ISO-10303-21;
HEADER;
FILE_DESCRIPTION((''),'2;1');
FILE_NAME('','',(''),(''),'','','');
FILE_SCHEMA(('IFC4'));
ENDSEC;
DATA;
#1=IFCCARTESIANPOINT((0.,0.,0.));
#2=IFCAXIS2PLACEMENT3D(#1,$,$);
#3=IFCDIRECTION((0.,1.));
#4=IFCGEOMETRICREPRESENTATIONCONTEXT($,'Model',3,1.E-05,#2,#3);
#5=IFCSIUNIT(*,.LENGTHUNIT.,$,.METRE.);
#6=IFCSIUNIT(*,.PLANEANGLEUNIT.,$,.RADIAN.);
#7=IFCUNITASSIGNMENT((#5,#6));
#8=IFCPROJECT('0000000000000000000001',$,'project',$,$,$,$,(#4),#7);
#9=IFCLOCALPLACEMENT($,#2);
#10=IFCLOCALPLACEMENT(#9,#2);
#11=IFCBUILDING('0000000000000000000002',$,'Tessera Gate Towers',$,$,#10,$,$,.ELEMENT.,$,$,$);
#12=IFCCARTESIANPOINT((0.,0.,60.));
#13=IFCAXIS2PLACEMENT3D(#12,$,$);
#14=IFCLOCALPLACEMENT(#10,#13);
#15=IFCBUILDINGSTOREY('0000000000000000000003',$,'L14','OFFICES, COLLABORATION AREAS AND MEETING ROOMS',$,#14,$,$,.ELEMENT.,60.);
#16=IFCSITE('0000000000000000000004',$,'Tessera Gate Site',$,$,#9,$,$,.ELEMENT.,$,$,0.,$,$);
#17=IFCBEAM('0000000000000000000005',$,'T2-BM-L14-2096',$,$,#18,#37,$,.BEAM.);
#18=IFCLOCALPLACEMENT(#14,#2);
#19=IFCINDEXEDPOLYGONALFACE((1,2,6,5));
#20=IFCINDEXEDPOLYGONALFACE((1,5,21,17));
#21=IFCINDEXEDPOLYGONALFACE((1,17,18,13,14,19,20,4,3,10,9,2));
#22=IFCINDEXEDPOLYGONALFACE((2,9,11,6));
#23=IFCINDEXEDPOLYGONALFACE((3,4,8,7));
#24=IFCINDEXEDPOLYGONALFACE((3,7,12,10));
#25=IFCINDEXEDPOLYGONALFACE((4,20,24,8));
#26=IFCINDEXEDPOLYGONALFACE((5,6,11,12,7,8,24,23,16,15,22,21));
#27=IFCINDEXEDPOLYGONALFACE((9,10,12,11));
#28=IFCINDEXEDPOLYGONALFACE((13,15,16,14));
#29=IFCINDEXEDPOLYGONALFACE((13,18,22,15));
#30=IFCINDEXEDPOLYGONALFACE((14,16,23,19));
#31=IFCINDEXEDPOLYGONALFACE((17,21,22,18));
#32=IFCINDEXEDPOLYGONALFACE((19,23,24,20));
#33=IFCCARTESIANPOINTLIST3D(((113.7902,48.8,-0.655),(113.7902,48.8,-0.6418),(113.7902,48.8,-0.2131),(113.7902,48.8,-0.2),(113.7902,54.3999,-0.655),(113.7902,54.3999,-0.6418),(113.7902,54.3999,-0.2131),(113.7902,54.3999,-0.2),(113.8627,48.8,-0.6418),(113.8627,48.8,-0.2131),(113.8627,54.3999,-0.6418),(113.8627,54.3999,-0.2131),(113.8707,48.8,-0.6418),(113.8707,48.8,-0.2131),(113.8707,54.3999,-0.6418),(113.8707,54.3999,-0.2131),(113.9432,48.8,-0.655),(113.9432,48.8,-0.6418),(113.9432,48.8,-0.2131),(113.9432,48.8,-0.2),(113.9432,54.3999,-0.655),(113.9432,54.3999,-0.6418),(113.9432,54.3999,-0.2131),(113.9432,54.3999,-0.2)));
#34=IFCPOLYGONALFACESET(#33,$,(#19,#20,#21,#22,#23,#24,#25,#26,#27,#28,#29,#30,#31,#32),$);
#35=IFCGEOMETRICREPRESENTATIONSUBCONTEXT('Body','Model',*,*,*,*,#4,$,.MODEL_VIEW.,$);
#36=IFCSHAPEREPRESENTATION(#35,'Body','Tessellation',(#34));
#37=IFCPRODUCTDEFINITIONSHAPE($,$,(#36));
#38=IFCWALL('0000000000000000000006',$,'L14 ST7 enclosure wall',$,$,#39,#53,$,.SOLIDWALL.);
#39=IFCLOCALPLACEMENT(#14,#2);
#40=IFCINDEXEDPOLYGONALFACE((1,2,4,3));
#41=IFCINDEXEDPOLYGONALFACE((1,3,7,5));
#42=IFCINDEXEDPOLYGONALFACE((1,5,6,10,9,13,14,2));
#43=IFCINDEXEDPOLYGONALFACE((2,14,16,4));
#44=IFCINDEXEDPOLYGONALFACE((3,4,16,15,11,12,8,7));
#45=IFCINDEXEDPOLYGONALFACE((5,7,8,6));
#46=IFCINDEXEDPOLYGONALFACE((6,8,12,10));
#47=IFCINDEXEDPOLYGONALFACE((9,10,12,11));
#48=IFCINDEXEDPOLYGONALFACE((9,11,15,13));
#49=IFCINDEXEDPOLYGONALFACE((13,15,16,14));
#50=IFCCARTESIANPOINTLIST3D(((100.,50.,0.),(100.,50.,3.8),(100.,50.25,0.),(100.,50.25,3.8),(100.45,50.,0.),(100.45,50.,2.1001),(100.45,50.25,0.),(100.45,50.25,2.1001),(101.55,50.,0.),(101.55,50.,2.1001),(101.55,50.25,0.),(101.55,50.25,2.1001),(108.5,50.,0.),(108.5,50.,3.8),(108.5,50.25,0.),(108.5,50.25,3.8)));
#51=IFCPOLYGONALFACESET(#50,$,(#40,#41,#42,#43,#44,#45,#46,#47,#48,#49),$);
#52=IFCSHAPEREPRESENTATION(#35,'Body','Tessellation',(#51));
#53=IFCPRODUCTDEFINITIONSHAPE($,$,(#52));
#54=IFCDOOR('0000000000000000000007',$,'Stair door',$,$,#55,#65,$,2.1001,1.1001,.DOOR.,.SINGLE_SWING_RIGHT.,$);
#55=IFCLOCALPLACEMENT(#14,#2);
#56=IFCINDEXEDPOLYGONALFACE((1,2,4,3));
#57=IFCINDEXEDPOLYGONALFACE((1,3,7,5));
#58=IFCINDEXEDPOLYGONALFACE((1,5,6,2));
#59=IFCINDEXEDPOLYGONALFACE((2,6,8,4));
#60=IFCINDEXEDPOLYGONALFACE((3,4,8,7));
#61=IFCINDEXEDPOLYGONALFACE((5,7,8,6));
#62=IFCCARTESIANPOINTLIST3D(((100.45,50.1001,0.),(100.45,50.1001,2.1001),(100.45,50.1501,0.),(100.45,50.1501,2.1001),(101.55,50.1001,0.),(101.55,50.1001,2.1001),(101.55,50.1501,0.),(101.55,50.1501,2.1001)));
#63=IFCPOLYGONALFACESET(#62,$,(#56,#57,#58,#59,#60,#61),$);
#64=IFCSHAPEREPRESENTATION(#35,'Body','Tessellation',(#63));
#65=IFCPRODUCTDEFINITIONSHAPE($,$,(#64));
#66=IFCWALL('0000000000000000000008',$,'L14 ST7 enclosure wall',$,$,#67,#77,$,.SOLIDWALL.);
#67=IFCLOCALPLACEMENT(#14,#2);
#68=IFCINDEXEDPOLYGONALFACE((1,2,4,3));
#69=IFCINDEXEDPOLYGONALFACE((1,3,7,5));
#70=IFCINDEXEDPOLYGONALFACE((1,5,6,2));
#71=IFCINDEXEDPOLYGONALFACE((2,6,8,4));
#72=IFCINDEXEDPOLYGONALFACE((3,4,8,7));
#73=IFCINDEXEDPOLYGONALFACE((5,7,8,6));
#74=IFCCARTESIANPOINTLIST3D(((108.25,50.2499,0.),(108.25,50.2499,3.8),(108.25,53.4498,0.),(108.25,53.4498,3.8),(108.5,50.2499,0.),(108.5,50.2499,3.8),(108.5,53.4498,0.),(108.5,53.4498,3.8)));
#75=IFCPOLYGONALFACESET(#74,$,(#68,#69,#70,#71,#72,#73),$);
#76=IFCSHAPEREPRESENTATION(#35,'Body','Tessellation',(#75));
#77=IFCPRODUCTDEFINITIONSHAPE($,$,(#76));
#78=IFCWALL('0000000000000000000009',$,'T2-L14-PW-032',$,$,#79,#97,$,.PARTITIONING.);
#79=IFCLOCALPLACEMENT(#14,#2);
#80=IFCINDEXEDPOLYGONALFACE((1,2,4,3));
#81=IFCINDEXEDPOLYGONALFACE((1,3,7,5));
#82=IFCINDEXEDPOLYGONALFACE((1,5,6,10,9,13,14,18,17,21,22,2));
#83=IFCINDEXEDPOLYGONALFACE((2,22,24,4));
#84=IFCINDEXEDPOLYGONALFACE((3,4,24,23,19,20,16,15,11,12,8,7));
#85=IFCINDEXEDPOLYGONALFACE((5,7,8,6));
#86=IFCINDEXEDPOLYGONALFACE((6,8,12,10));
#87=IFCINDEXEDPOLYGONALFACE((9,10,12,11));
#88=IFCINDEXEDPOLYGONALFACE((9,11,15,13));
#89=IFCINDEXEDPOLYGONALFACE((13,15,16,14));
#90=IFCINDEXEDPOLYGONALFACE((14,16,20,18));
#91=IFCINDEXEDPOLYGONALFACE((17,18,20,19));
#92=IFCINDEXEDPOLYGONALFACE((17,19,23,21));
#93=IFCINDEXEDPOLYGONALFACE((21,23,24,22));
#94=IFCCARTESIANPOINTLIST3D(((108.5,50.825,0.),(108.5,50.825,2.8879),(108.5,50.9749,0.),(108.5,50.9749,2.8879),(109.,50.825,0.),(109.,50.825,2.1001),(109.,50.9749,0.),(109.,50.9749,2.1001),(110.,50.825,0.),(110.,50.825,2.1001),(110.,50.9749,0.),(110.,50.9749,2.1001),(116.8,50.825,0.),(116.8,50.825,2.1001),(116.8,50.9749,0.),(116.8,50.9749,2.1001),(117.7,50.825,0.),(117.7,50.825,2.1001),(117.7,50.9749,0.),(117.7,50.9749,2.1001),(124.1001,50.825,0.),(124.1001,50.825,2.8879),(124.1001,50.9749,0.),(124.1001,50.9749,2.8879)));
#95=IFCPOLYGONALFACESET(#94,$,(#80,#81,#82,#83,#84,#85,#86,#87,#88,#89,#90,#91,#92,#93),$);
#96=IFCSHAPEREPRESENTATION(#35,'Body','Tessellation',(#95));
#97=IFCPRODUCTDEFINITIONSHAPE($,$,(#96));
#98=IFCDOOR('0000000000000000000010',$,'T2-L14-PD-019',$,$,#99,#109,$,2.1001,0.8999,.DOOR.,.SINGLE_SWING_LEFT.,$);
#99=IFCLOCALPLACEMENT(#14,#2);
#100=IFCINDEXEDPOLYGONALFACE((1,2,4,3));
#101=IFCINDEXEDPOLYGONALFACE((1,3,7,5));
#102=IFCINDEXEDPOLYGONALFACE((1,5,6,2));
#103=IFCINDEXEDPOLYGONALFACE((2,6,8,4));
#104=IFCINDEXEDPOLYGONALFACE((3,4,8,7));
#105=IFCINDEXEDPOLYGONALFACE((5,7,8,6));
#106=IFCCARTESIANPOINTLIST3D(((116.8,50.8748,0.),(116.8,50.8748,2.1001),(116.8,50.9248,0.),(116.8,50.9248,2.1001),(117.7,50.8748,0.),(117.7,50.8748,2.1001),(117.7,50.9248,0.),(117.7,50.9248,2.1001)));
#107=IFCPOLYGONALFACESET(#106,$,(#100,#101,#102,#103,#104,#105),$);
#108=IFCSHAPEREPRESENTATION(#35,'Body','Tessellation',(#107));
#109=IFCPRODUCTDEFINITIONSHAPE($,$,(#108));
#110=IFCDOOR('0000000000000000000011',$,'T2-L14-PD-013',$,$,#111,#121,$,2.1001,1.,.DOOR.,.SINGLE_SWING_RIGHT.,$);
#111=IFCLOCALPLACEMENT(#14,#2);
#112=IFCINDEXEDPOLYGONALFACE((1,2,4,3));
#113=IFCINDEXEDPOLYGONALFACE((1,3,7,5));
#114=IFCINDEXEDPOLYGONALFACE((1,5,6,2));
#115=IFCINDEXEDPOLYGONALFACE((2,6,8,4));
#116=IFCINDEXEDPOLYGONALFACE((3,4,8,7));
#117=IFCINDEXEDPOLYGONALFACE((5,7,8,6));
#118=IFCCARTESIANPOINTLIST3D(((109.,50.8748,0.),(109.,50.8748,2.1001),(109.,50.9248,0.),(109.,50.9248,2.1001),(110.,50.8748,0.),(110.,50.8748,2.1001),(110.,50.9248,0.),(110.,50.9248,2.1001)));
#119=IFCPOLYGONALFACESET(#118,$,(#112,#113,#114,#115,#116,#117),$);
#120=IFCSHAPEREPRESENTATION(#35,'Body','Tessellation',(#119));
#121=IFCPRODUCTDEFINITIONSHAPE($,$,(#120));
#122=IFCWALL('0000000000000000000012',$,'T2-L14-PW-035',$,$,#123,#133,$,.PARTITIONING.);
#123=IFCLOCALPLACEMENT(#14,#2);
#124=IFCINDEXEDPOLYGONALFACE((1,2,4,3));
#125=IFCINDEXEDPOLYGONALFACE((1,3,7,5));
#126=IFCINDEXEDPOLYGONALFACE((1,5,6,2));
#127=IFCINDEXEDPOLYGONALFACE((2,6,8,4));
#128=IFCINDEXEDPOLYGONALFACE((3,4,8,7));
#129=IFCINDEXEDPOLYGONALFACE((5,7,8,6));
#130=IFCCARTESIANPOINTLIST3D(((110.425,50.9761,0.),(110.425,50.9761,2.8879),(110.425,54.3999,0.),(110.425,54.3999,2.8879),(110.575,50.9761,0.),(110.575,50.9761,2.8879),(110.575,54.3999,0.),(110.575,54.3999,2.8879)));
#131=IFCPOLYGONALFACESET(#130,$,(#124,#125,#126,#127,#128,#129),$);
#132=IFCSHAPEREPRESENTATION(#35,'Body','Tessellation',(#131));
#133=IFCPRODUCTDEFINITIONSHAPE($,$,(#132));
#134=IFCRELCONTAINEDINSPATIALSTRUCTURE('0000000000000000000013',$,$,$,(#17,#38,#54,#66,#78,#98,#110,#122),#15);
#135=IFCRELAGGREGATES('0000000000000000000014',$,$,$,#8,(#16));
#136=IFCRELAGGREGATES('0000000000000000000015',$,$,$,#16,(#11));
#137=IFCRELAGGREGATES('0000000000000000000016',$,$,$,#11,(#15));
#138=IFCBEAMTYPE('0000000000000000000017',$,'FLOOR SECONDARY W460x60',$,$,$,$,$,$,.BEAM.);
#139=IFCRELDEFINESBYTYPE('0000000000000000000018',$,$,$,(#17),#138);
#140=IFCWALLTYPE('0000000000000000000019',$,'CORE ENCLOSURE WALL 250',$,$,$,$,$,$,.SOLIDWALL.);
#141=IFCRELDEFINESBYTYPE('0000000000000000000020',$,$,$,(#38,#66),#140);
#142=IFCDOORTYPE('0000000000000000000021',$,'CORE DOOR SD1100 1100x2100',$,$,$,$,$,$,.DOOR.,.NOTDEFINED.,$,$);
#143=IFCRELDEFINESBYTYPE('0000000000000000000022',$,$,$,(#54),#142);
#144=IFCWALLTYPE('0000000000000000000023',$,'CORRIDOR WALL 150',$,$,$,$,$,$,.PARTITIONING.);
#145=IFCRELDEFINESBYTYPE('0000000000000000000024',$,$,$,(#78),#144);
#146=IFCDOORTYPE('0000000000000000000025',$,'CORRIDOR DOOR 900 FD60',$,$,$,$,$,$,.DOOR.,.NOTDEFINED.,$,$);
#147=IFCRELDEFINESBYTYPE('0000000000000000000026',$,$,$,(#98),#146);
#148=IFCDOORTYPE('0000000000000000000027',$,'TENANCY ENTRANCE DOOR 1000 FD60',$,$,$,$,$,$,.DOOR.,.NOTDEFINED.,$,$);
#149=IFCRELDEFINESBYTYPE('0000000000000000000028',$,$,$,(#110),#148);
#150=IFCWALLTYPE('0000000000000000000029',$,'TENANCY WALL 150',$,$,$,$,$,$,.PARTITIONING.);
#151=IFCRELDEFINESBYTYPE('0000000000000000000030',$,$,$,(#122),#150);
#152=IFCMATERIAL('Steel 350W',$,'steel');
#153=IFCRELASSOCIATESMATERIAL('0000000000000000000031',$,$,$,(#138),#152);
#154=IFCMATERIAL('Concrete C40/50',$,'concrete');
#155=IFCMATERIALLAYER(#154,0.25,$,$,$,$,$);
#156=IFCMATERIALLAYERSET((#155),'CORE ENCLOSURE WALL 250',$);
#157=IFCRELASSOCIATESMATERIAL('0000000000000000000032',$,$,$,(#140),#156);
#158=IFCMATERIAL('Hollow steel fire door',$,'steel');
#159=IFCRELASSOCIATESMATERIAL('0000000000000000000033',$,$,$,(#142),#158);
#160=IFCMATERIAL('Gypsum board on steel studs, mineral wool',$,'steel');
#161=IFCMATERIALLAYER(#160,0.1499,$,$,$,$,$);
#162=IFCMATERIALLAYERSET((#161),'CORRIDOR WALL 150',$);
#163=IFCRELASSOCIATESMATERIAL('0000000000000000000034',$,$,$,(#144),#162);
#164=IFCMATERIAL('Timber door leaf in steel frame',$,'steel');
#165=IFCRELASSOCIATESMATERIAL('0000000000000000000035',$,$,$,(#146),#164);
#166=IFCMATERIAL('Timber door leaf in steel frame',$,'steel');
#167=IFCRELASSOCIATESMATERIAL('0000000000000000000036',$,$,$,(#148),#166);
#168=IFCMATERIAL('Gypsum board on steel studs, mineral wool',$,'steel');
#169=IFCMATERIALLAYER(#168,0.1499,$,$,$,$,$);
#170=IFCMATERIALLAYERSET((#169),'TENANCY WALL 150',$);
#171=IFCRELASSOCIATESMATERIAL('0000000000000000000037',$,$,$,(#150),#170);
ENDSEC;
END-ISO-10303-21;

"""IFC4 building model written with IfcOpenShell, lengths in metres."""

from ifc_helpers import new_model, si_unit, direction, frame, frame_2d, origin, origin_2d, place, context, subcontext, project, spatial, rectangle, i_section, extrude, source, transform, mapped, material, layer, layer_set, material_profile, profile_set, type_object, element, fill, save


model = new_model("IFC4")

# Units and contexts
model_context = context("Model", 3, precision=1e-05, world=origin(), true_north=direction((0.0, 1.0)))
body_context = subcontext(model_context, "Body", "Model", "MODEL_VIEW")
ifc_project = project(units=[si_unit("LENGTHUNIT", "METRE"), si_unit("PLANEANGLEUNIT", "RADIAN")], contexts=[model_context])

# Site, building, storey
site_placement = place(None, origin())
site = spatial("IfcSite", under=ifc_project, at=site_placement, Name="Tessera Gate Site", CompositionType="ELEMENT", RefElevation=0.0)
building_placement = place(site_placement, origin())
building = spatial("IfcBuilding", under=site, at=building_placement, Name="Tessera Gate Towers", CompositionType="ELEMENT")
storey_placement = place(building_placement, frame((0.0, 0.0, 60.0)))
storey = spatial("IfcBuildingStorey", under=building, at=storey_placement, Name="L14", Description="OFFICES, COLLABORATION AREAS AND MEETING ROOMS", CompositionType="ELEMENT", Elevation=60.0)

# Beam
ifc_material_1 = material(Name="Steel 350W", Category="steel")
ifc_material_profile = material_profile(ifc_material_1, i_section(OverallWidth=0.1531, OverallDepth=0.4551, WebThickness=0.0081, FlangeThickness=0.0132, at=origin_2d()), Name="W460x60")
ifc_profile_set = profile_set([ifc_material_profile], Name="Steel 350W")
beam_type = type_object("IfcBeamType", Name="FLOOR SECONDARY W460x60", PredefinedType="BEAM", material=ifc_profile_set)
beam_placement = place(storey_placement, frame((113.8667, 48.8, -0.4275), z_axis=(0.0, 1.0, 0.0), x_axis=(-1.0, 0.0, 0.0)))
element("IfcBeam", 1, at=beam_placement, inside=storey, type_object=beam_type, Name="T2-BM-L14-2096", PredefinedType="BEAM", context=body_context, shape_type="SweptSolid", body=[
    extrude(i_section(OverallWidth=0.1531, OverallDepth=0.4551, WebThickness=0.0081, FlangeThickness=0.0132, at=origin_2d()), origin(), (0.0, 0.0, 1.0), 5.5999),
])

# Wall, opening, door
ifc_material_2 = material(Name="Concrete C40/50", Category="concrete")
ifc_layer_1 = layer(ifc_material_2, 0.25)
ifc_layer_set_1 = layer_set([ifc_layer_1], Name="CORE ENCLOSURE WALL 250")
wall_type_1 = type_object("IfcWallType", Name="CORE ENCLOSURE WALL 250", PredefinedType="SOLIDWALL", material=ifc_layer_set_1)
wall_1_placement = place(storey_placement, frame((108.5, 50.125, 0.0), z_axis=(0.0, 0.0, 1.0), x_axis=(-1.0, 0.0, 0.0)))
wall_1 = element("IfcWall", 2, at=wall_1_placement, inside=storey, type_object=wall_type_1, Name="L14 ST7 enclosure wall", PredefinedType="SOLIDWALL", context=body_context, shape_type="SweptSolid", body=[
    extrude(rectangle(XDim=8.5, YDim=0.25, at=frame_2d((4.25, 0.0))), origin(), (0.0, 0.0, 1.0), 3.8),
])
shared_shape_1 = source(origin(), body_context, "Body", "SweptSolid", [
    extrude(rectangle(XDim=1.1001, YDim=2.1001, at=frame_2d((0.55, 1.05))), frame((0.0, 0.135, 0.0), z_axis=(0.0, -1.0, 0.0), x_axis=(1.0, 0.0, 0.0)), (0.0, 0.0, 1.0), 0.27),
])
opening_1_placement = place(wall_1_placement, frame((6.95, 0.0, 0.0)))
opening_1 = element("IfcOpeningElement", 3, at=opening_1_placement, cuts=wall_1, PredefinedType="OPENING", context=body_context, shape_type="MappedRepresentation", body=[
    mapped(shared_shape_1, transform((0.0, 0.0, 0.0), scale=1.0)),
])
ifc_material_3 = material(Name="Hollow steel fire door", Category="steel")
door_type_1 = type_object("IfcDoorType", Name="CORE DOOR SD1100 1100x2100", OperationType="NOTDEFINED", PredefinedType="DOOR", material=ifc_material_3)
shared_shape_2 = source(origin(), body_context, "Body", "SweptSolid", [
    extrude(rectangle(XDim=1.1001, YDim=2.1001, at=frame_2d((0.55, 1.05))), frame((0.0, 0.0249, 0.0), z_axis=(0.0, -1.0, 0.0), x_axis=(1.0, 0.0, 0.0)), (0.0, 0.0, 1.0), 0.05),
])
door_1_placement = place(opening_1_placement, origin())
door_1 = element("IfcDoor", 4, at=door_1_placement, inside=storey, type_object=door_type_1, Name="Stair door", OperationType="SINGLE_SWING_RIGHT", OverallHeight=2.1001, OverallWidth=1.1001, PredefinedType="DOOR", context=body_context, shape_type="MappedRepresentation", body=[
    mapped(shared_shape_2, transform((0.0, 0.0, 0.0), scale=1.0)),
])
fill(opening_1, door_1)

# Wall
wall_2_placement = place(storey_placement, frame((108.375, 53.45, 0.0), z_axis=(0.0, 0.0, 1.0), x_axis=(0.0, -1.0, 0.0)))
element("IfcWall", 5, at=wall_2_placement, inside=storey, type_object=wall_type_1, Name="L14 ST7 enclosure wall", PredefinedType="SOLIDWALL", context=body_context, shape_type="SweptSolid", body=[
    extrude(rectangle(XDim=3.2, YDim=0.25, at=frame_2d((1.6001, 0.0))), origin(), (0.0, 0.0, 1.0), 3.8),
])

# Wall, openings, doors
ifc_material_4 = material(Name="Gypsum board on steel studs, mineral wool", Category="steel")
ifc_layer_2 = layer(ifc_material_4, 0.1499)
ifc_layer_set_2 = layer_set([ifc_layer_2], Name="CORRIDOR WALL 150")
wall_type_2 = type_object("IfcWallType", Name="CORRIDOR WALL 150", PredefinedType="PARTITIONING", material=ifc_layer_set_2)
wall_3_placement = place(storey_placement, frame((108.5, 50.8999, 0.0), z_axis=(0.0, 0.0, 1.0), x_axis=(1.0, 0.0, 0.0)))
wall_3 = element("IfcWall", 6, at=wall_3_placement, inside=storey, type_object=wall_type_2, Name="T2-L14-PW-032", PredefinedType="PARTITIONING", context=body_context, shape_type="SweptSolid", body=[
    extrude(rectangle(XDim=15.6001, YDim=0.1499, at=frame_2d((7.8, 0.0))), origin(), (0.0, 0.0, 1.0), 2.8879),
])
shared_shape_3 = source(origin(), body_context, "Body", "SweptSolid", [
    extrude(rectangle(XDim=1.0, YDim=2.1001, at=frame_2d((0.5, 1.05))), frame((0.0, 0.085, 0.0), z_axis=(0.0, -1.0, 0.0), x_axis=(1.0, 0.0, 0.0)), (0.0, 0.0, 1.0), 0.1699),
])
opening_2_placement = place(wall_3_placement, frame((0.5, 0.0, 0.0)))
opening_2 = element("IfcOpeningElement", 7, at=opening_2_placement, cuts=wall_3, PredefinedType="OPENING", context=body_context, shape_type="MappedRepresentation", body=[
    mapped(shared_shape_3, transform((0.0, 0.0, 0.0), scale=1.0)),
])
shared_shape_4 = source(origin(), body_context, "Body", "SweptSolid", [
    extrude(rectangle(XDim=0.8999, YDim=2.1001, at=frame_2d((0.45, 1.05))), frame((0.0, 0.085, 0.0), z_axis=(0.0, -1.0, 0.0), x_axis=(1.0, 0.0, 0.0)), (0.0, 0.0, 1.0), 0.1699),
])
opening_3_placement = place(wall_3_placement, frame((8.3, 0.0, 0.0)))
opening_3 = element("IfcOpeningElement", 8, at=opening_3_placement, cuts=wall_3, PredefinedType="OPENING", context=body_context, shape_type="MappedRepresentation", body=[
    mapped(shared_shape_4, transform((0.0, 0.0, 0.0), scale=1.0)),
])
ifc_material_5 = material(Name="Timber door leaf in steel frame", Category="steel")
door_type_2 = type_object("IfcDoorType", Name="CORRIDOR DOOR 900 FD60", OperationType="NOTDEFINED", PredefinedType="DOOR", material=ifc_material_5)
shared_shape_5 = source(origin(), body_context, "Body", "SweptSolid", [
    extrude(rectangle(XDim=0.8999, YDim=2.1001, at=frame_2d((0.45, 1.05))), frame((0.0, 0.0249, 0.0), z_axis=(0.0, -1.0, 0.0), x_axis=(1.0, 0.0, 0.0)), (0.0, 0.0, 1.0), 0.05),
])
door_2_placement = place(opening_3_placement, origin())
door_2 = element("IfcDoor", 9, at=door_2_placement, inside=storey, type_object=door_type_2, Name="T2-L14-PD-019", OperationType="SINGLE_SWING_LEFT", OverallHeight=2.1001, OverallWidth=0.8999, PredefinedType="DOOR", context=body_context, shape_type="MappedRepresentation", body=[
    mapped(shared_shape_5, transform((0.0, 0.0, 0.0), scale=1.0)),
])
fill(opening_3, door_2)
ifc_material_6 = material(Name="Timber door leaf in steel frame", Category="steel")
door_type_3 = type_object("IfcDoorType", Name="TENANCY ENTRANCE DOOR 1000 FD60", OperationType="NOTDEFINED", PredefinedType="DOOR", material=ifc_material_6)
shared_shape_6 = source(origin(), body_context, "Body", "SweptSolid", [
    extrude(rectangle(XDim=1.0, YDim=2.1001, at=frame_2d((0.5, 1.05))), frame((0.0, 0.0249, 0.0), z_axis=(0.0, -1.0, 0.0), x_axis=(1.0, 0.0, 0.0)), (0.0, 0.0, 1.0), 0.05),
])
door_3_placement = place(opening_2_placement, origin())
door_3 = element("IfcDoor", 10, at=door_3_placement, inside=storey, type_object=door_type_3, Name="T2-L14-PD-013", OperationType="SINGLE_SWING_RIGHT", OverallHeight=2.1001, OverallWidth=1.0, PredefinedType="DOOR", context=body_context, shape_type="MappedRepresentation", body=[
    mapped(shared_shape_6, transform((0.0, 0.0, 0.0), scale=1.0)),
])
fill(opening_2, door_3)

# Wall
ifc_material_7 = material(Name="Gypsum board on steel studs, mineral wool", Category="steel")
ifc_layer_3 = layer(ifc_material_7, 0.1499)
ifc_layer_set_3 = layer_set([ifc_layer_3], Name="TENANCY WALL 150")
wall_type_3 = type_object("IfcWallType", Name="TENANCY WALL 150", PredefinedType="PARTITIONING", material=ifc_layer_set_3)
wall_4_placement = place(storey_placement, frame((110.5, 50.9761, 0.0), z_axis=(0.0, 0.0, 1.0), x_axis=(0.0, 1.0, 0.0)))
element("IfcWall", 11, at=wall_4_placement, inside=storey, type_object=wall_type_3, Name="T2-L14-PW-035", PredefinedType="PARTITIONING", context=body_context, shape_type="SweptSolid", body=[
    extrude(rectangle(XDim=3.4238, YDim=0.1499, at=frame_2d((1.7119, 0.0))), origin(), (0.0, 0.0, 1.0), 2.8879),
])

save(model, "model.ifc")
